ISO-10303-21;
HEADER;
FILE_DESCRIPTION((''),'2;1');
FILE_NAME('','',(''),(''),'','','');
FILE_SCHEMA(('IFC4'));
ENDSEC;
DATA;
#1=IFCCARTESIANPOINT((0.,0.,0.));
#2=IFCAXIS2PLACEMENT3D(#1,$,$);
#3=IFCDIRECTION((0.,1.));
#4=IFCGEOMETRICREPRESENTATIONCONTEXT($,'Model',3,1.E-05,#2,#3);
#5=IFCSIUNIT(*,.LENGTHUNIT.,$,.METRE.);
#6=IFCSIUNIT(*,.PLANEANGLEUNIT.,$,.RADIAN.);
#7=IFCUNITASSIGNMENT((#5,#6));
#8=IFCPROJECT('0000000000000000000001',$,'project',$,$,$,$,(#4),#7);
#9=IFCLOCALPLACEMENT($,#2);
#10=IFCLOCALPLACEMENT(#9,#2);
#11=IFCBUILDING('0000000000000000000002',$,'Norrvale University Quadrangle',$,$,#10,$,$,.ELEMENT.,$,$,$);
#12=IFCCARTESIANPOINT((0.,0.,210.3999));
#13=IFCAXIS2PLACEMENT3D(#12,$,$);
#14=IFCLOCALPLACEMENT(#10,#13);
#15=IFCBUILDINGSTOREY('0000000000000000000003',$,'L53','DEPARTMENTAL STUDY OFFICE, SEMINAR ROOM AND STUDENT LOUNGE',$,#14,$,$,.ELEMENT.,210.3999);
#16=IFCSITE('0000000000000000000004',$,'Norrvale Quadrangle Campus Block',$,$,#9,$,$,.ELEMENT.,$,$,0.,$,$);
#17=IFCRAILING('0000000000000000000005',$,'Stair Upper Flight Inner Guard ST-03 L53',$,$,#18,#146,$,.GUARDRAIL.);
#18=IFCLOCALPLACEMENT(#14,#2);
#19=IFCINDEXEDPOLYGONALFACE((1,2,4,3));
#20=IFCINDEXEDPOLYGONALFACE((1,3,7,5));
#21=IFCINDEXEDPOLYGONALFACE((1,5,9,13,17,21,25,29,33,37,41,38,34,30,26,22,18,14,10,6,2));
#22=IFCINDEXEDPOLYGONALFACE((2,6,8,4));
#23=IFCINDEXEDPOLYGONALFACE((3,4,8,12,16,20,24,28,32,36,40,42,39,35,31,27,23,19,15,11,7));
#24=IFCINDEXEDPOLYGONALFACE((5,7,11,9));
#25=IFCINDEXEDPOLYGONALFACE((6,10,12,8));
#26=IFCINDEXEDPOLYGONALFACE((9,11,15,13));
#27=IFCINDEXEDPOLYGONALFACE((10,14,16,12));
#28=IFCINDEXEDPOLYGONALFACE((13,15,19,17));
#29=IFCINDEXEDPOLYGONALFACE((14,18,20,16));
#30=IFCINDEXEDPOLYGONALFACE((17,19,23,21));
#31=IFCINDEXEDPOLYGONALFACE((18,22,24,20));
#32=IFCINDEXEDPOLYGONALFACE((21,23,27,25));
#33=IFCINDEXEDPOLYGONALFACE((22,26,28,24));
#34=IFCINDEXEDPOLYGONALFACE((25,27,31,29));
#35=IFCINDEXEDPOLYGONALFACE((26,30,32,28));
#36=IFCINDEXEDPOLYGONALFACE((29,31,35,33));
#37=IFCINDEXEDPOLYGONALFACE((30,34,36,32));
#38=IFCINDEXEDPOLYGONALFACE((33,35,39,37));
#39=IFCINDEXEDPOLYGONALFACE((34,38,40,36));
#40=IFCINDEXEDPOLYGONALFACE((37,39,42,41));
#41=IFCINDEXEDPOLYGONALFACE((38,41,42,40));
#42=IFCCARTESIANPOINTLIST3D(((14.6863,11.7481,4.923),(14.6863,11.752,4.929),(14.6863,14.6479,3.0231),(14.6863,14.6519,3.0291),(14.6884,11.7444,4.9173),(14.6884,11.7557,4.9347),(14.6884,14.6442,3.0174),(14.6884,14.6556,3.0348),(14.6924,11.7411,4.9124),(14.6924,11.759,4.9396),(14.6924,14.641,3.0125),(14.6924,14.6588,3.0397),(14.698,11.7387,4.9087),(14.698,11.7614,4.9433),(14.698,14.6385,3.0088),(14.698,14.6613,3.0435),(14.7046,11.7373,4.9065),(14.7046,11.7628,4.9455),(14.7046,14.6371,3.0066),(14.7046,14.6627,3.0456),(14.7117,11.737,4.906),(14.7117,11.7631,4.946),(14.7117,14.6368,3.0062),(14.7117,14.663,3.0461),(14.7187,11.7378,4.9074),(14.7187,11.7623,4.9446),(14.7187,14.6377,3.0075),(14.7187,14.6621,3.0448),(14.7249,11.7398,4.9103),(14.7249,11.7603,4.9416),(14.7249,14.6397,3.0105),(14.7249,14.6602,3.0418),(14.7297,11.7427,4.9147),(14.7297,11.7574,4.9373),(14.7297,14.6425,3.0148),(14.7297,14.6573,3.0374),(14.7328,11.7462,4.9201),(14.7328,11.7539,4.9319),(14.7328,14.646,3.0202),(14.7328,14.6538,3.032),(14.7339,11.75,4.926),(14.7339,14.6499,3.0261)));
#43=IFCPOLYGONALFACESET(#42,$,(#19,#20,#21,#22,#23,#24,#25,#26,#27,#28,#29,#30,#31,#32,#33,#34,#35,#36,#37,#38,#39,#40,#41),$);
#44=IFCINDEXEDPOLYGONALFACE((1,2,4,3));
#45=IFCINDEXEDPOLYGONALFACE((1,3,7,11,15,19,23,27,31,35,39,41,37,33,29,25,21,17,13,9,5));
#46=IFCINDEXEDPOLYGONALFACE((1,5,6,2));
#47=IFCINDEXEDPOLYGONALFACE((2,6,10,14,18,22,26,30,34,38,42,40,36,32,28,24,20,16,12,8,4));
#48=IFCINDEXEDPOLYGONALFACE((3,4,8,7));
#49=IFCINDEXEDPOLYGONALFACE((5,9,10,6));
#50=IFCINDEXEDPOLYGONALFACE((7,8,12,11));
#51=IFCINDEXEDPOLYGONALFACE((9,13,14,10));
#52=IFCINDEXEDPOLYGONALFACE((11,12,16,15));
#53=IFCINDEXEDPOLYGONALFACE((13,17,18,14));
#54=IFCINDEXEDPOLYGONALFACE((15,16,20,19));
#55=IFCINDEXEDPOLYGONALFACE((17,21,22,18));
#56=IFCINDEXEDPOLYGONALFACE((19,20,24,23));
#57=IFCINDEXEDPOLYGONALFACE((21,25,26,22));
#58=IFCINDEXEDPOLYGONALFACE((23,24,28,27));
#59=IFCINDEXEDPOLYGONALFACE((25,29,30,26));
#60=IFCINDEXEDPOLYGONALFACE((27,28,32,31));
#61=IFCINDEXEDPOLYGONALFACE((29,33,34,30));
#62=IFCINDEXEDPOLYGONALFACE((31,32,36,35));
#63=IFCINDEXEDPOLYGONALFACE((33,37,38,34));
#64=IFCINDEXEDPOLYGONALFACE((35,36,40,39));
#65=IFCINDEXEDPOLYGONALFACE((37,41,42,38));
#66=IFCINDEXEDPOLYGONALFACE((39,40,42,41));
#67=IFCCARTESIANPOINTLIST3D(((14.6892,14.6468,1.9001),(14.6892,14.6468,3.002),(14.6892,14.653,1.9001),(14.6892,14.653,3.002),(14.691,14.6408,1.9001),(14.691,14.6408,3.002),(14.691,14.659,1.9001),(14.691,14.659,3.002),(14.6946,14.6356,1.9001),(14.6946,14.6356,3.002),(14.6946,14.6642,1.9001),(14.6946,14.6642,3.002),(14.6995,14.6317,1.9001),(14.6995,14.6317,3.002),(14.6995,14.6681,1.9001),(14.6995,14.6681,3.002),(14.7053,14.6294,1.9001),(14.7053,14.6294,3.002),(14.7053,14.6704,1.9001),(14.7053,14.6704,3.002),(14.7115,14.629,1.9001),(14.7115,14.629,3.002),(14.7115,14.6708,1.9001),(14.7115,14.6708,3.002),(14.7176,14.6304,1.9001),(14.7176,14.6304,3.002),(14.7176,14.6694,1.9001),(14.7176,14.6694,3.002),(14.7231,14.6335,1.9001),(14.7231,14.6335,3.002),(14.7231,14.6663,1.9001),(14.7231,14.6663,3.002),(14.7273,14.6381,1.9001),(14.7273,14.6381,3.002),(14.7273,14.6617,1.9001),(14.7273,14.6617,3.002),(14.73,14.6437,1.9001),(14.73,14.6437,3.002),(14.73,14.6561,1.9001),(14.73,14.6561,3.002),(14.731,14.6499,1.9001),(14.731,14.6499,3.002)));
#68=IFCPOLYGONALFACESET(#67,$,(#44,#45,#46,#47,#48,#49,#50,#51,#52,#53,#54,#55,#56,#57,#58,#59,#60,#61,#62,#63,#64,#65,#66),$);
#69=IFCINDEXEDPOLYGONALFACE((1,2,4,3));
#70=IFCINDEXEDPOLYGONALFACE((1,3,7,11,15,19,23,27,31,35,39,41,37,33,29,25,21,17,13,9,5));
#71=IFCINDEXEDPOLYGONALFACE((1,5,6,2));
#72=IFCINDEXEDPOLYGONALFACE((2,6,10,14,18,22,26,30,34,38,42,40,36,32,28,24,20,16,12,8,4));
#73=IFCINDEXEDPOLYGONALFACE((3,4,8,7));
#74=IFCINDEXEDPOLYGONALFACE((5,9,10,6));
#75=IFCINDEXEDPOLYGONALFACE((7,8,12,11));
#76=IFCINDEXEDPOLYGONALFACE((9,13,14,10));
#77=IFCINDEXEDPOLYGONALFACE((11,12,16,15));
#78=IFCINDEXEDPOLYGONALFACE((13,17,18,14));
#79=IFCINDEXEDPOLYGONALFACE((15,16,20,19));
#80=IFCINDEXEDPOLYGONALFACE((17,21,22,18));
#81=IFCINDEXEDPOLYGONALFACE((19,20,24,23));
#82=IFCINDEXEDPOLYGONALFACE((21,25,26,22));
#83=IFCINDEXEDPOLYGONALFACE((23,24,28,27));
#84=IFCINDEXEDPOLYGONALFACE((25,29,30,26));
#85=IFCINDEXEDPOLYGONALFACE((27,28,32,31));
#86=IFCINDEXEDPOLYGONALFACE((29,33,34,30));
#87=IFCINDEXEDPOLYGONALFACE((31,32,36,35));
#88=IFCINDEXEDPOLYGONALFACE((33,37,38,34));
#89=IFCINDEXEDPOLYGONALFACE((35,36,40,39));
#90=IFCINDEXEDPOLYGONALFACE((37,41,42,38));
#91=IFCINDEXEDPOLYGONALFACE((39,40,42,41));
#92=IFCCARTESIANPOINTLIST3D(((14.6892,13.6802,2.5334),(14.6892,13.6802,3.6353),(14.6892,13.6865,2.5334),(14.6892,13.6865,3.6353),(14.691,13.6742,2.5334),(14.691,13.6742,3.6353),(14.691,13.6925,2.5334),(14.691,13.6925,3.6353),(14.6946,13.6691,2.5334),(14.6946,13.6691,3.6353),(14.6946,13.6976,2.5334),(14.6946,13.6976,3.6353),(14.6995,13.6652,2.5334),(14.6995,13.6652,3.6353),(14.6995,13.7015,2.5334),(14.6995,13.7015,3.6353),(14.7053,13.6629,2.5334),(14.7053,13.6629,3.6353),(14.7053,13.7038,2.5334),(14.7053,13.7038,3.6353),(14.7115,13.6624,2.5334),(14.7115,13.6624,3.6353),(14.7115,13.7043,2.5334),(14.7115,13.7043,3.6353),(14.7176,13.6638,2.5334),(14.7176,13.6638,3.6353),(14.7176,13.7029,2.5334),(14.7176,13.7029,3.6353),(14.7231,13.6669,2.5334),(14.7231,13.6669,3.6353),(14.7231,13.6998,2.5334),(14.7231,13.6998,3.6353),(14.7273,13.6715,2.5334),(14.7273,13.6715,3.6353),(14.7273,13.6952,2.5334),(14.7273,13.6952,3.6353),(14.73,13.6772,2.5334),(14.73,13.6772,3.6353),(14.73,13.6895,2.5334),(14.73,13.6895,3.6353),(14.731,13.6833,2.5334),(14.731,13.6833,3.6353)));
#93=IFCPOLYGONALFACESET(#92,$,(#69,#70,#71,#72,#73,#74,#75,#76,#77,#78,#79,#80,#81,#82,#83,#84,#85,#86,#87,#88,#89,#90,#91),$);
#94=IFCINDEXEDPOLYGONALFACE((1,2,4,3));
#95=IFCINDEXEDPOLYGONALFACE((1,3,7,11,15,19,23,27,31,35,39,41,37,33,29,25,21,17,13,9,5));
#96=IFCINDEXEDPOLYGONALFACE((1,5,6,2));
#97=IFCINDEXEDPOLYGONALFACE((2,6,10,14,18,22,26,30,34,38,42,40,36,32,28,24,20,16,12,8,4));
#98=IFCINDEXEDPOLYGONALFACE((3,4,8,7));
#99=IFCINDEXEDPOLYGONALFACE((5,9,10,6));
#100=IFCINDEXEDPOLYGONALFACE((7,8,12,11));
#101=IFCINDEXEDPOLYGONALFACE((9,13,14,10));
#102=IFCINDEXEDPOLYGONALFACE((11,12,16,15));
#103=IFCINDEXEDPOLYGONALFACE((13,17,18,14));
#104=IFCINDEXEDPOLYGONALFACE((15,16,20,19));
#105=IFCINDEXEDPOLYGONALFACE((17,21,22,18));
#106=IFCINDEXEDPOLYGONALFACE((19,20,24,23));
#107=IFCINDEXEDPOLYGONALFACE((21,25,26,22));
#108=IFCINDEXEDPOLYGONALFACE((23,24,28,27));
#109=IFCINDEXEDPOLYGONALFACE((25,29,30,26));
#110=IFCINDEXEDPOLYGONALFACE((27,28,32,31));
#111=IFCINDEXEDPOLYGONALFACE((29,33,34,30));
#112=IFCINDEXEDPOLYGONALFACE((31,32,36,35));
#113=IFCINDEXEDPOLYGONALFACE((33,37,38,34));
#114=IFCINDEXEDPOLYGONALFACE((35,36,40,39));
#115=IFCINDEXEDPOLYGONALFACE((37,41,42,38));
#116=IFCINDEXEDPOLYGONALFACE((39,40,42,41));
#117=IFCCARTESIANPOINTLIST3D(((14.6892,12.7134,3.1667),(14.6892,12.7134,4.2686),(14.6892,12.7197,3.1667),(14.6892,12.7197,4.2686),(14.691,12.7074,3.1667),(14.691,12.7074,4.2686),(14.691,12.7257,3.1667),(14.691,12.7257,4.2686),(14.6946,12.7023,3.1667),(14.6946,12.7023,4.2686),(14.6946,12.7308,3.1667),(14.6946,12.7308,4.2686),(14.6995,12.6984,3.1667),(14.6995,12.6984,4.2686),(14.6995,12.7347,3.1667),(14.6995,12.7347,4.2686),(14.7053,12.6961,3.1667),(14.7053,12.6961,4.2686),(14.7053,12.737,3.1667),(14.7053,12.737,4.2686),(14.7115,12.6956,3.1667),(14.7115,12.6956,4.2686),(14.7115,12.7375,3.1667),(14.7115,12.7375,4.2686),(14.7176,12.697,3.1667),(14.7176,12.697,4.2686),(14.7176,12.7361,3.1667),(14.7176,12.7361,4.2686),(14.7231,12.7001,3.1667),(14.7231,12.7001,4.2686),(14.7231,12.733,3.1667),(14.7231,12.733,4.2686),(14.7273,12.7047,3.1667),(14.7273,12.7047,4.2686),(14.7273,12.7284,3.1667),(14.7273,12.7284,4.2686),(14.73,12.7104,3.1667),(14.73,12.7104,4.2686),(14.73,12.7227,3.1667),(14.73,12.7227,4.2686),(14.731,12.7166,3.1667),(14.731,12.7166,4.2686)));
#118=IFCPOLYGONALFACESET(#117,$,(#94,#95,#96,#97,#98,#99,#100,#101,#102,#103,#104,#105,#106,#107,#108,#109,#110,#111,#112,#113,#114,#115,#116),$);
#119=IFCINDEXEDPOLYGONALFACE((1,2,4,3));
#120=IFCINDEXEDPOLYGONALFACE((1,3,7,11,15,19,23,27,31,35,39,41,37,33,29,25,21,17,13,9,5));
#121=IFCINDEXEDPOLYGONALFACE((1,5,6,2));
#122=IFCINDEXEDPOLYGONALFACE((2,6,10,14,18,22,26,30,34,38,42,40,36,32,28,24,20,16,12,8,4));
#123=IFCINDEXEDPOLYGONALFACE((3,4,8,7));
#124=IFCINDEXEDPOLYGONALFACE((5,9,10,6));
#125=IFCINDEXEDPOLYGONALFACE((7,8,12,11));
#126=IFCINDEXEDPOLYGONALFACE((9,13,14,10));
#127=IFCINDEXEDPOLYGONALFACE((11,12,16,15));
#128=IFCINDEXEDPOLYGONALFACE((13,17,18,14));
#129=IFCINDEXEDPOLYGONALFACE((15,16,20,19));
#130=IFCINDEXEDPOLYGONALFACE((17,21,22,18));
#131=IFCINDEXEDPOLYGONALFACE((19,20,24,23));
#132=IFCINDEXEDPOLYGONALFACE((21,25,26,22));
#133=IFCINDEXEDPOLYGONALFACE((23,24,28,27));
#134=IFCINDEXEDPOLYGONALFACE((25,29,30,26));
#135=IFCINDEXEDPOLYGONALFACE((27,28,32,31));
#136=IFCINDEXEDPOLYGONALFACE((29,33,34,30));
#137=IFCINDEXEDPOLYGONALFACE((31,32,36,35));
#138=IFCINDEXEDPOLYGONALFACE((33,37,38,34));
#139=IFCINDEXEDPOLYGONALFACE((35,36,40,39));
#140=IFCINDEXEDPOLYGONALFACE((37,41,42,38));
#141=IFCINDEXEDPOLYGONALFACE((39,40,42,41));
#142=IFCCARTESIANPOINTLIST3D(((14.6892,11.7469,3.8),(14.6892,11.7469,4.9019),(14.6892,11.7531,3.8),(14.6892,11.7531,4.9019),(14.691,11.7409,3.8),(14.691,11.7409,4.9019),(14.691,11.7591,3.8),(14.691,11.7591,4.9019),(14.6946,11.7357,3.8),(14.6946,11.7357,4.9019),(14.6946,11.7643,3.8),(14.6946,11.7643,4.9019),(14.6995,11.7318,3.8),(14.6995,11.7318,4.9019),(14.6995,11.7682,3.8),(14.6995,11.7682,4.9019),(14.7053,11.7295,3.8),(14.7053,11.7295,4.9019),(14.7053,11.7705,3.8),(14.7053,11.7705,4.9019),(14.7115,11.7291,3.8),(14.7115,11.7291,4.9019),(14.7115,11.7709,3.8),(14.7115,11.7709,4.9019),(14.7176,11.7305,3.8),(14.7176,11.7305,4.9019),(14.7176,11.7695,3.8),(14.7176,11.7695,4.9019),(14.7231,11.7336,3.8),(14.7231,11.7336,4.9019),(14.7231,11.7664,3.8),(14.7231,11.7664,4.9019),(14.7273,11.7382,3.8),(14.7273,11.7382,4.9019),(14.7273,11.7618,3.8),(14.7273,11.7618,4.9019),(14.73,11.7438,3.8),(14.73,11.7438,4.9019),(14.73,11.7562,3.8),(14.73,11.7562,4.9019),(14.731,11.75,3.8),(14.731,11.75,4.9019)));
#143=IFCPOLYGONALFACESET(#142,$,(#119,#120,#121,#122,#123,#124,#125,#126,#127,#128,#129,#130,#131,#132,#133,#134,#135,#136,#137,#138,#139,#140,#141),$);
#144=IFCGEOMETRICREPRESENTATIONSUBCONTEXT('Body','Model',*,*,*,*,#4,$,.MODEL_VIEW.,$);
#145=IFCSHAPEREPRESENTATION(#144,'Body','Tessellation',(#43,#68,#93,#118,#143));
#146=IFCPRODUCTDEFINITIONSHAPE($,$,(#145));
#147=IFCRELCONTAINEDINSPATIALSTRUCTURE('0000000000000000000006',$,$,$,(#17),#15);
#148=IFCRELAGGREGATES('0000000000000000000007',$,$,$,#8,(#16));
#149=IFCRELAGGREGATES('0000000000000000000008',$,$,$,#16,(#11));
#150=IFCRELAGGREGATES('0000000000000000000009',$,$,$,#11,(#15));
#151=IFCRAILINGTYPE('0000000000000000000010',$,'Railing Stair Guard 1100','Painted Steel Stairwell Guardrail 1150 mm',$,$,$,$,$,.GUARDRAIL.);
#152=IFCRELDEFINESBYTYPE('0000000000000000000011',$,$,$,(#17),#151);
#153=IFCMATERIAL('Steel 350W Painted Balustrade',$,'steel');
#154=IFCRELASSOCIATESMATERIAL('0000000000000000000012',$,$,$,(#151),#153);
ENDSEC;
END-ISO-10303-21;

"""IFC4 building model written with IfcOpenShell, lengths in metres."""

from ifc_helpers import new_model, si_unit, direction, frame, origin, origin_2d, place, context, subcontext, project, spatial, circle, extrude, material, type_object, element, save


model = new_model("IFC4")

# Units and contexts
model_context = context("Model", 3, precision=1e-05, world=origin(), true_north=direction((0.0, 1.0)))
body_context = subcontext(model_context, "Body", "Model", "MODEL_VIEW")
ifc_project = project(units=[si_unit("LENGTHUNIT", "METRE"), si_unit("PLANEANGLEUNIT", "RADIAN")], contexts=[model_context])

# Site, building, storey
site_placement = place(None, origin())
site = spatial("IfcSite", under=ifc_project, at=site_placement, Name="Norrvale Quadrangle Campus Block", CompositionType="ELEMENT", RefElevation=0.0)
building_placement = place(site_placement, origin())
building = spatial("IfcBuilding", under=site, at=building_placement, Name="Norrvale University Quadrangle", CompositionType="ELEMENT")
storey_placement = place(building_placement, frame((0.0, 0.0, 210.3999)))
storey = spatial("IfcBuildingStorey", under=building, at=storey_placement, Name="L53", Description="DEPARTMENTAL STUDY OFFICE, SEMINAR ROOM AND STUDENT LOUNGE", CompositionType="ELEMENT", Elevation=210.3999)

# Railing
ifc_material_1 = material(Name="Steel 350W Painted Balustrade", Category="steel")
railing_type_1 = type_object("IfcRailingType", Name="Railing Stair Guard 1100", Description="Painted Steel Stairwell Guardrail 1150 mm", PredefinedType="GUARDRAIL", material=ifc_material_1)
railing_1_placement = place(storey_placement, frame((14.71, 14.6499, 1.9001)))
element("IfcRailing", 1, at=railing_1_placement, inside=storey, type_object=railing_type_1, Name="Stair Upper Flight Inner Guard ST-03 L53", PredefinedType="GUARDRAIL", context=body_context, shape_type="SweptSolid", body=[
    extrude(circle(Radius=0.0239, at=origin_2d()), frame((0.0, 0.0, 1.126), z_axis=(0.0, -0.836466, 0.548019), x_axis=(1.0, 0.0, 0.0)), (0.0, 0.0, 1.0), 3.4668),
    extrude(circle(Radius=0.021, at=origin_2d()), origin(), (0.0, 0.0, 1.0), 1.1018),
    extrude(circle(Radius=0.021, at=origin_2d()), frame((0.0, -0.9666, 0.6333)), (0.0, 0.0, 1.0), 1.1018),
    extrude(circle(Radius=0.021, at=origin_2d()), frame((0.0, -1.9333, 1.2666)), (0.0, 0.0, 1.0), 1.1018),
    extrude(circle(Radius=0.021, at=origin_2d()), frame((0.0, -2.8999, 1.8999)), (0.0, 0.0, 1.0), 1.1018),
])

save(model, "model.ifc")
